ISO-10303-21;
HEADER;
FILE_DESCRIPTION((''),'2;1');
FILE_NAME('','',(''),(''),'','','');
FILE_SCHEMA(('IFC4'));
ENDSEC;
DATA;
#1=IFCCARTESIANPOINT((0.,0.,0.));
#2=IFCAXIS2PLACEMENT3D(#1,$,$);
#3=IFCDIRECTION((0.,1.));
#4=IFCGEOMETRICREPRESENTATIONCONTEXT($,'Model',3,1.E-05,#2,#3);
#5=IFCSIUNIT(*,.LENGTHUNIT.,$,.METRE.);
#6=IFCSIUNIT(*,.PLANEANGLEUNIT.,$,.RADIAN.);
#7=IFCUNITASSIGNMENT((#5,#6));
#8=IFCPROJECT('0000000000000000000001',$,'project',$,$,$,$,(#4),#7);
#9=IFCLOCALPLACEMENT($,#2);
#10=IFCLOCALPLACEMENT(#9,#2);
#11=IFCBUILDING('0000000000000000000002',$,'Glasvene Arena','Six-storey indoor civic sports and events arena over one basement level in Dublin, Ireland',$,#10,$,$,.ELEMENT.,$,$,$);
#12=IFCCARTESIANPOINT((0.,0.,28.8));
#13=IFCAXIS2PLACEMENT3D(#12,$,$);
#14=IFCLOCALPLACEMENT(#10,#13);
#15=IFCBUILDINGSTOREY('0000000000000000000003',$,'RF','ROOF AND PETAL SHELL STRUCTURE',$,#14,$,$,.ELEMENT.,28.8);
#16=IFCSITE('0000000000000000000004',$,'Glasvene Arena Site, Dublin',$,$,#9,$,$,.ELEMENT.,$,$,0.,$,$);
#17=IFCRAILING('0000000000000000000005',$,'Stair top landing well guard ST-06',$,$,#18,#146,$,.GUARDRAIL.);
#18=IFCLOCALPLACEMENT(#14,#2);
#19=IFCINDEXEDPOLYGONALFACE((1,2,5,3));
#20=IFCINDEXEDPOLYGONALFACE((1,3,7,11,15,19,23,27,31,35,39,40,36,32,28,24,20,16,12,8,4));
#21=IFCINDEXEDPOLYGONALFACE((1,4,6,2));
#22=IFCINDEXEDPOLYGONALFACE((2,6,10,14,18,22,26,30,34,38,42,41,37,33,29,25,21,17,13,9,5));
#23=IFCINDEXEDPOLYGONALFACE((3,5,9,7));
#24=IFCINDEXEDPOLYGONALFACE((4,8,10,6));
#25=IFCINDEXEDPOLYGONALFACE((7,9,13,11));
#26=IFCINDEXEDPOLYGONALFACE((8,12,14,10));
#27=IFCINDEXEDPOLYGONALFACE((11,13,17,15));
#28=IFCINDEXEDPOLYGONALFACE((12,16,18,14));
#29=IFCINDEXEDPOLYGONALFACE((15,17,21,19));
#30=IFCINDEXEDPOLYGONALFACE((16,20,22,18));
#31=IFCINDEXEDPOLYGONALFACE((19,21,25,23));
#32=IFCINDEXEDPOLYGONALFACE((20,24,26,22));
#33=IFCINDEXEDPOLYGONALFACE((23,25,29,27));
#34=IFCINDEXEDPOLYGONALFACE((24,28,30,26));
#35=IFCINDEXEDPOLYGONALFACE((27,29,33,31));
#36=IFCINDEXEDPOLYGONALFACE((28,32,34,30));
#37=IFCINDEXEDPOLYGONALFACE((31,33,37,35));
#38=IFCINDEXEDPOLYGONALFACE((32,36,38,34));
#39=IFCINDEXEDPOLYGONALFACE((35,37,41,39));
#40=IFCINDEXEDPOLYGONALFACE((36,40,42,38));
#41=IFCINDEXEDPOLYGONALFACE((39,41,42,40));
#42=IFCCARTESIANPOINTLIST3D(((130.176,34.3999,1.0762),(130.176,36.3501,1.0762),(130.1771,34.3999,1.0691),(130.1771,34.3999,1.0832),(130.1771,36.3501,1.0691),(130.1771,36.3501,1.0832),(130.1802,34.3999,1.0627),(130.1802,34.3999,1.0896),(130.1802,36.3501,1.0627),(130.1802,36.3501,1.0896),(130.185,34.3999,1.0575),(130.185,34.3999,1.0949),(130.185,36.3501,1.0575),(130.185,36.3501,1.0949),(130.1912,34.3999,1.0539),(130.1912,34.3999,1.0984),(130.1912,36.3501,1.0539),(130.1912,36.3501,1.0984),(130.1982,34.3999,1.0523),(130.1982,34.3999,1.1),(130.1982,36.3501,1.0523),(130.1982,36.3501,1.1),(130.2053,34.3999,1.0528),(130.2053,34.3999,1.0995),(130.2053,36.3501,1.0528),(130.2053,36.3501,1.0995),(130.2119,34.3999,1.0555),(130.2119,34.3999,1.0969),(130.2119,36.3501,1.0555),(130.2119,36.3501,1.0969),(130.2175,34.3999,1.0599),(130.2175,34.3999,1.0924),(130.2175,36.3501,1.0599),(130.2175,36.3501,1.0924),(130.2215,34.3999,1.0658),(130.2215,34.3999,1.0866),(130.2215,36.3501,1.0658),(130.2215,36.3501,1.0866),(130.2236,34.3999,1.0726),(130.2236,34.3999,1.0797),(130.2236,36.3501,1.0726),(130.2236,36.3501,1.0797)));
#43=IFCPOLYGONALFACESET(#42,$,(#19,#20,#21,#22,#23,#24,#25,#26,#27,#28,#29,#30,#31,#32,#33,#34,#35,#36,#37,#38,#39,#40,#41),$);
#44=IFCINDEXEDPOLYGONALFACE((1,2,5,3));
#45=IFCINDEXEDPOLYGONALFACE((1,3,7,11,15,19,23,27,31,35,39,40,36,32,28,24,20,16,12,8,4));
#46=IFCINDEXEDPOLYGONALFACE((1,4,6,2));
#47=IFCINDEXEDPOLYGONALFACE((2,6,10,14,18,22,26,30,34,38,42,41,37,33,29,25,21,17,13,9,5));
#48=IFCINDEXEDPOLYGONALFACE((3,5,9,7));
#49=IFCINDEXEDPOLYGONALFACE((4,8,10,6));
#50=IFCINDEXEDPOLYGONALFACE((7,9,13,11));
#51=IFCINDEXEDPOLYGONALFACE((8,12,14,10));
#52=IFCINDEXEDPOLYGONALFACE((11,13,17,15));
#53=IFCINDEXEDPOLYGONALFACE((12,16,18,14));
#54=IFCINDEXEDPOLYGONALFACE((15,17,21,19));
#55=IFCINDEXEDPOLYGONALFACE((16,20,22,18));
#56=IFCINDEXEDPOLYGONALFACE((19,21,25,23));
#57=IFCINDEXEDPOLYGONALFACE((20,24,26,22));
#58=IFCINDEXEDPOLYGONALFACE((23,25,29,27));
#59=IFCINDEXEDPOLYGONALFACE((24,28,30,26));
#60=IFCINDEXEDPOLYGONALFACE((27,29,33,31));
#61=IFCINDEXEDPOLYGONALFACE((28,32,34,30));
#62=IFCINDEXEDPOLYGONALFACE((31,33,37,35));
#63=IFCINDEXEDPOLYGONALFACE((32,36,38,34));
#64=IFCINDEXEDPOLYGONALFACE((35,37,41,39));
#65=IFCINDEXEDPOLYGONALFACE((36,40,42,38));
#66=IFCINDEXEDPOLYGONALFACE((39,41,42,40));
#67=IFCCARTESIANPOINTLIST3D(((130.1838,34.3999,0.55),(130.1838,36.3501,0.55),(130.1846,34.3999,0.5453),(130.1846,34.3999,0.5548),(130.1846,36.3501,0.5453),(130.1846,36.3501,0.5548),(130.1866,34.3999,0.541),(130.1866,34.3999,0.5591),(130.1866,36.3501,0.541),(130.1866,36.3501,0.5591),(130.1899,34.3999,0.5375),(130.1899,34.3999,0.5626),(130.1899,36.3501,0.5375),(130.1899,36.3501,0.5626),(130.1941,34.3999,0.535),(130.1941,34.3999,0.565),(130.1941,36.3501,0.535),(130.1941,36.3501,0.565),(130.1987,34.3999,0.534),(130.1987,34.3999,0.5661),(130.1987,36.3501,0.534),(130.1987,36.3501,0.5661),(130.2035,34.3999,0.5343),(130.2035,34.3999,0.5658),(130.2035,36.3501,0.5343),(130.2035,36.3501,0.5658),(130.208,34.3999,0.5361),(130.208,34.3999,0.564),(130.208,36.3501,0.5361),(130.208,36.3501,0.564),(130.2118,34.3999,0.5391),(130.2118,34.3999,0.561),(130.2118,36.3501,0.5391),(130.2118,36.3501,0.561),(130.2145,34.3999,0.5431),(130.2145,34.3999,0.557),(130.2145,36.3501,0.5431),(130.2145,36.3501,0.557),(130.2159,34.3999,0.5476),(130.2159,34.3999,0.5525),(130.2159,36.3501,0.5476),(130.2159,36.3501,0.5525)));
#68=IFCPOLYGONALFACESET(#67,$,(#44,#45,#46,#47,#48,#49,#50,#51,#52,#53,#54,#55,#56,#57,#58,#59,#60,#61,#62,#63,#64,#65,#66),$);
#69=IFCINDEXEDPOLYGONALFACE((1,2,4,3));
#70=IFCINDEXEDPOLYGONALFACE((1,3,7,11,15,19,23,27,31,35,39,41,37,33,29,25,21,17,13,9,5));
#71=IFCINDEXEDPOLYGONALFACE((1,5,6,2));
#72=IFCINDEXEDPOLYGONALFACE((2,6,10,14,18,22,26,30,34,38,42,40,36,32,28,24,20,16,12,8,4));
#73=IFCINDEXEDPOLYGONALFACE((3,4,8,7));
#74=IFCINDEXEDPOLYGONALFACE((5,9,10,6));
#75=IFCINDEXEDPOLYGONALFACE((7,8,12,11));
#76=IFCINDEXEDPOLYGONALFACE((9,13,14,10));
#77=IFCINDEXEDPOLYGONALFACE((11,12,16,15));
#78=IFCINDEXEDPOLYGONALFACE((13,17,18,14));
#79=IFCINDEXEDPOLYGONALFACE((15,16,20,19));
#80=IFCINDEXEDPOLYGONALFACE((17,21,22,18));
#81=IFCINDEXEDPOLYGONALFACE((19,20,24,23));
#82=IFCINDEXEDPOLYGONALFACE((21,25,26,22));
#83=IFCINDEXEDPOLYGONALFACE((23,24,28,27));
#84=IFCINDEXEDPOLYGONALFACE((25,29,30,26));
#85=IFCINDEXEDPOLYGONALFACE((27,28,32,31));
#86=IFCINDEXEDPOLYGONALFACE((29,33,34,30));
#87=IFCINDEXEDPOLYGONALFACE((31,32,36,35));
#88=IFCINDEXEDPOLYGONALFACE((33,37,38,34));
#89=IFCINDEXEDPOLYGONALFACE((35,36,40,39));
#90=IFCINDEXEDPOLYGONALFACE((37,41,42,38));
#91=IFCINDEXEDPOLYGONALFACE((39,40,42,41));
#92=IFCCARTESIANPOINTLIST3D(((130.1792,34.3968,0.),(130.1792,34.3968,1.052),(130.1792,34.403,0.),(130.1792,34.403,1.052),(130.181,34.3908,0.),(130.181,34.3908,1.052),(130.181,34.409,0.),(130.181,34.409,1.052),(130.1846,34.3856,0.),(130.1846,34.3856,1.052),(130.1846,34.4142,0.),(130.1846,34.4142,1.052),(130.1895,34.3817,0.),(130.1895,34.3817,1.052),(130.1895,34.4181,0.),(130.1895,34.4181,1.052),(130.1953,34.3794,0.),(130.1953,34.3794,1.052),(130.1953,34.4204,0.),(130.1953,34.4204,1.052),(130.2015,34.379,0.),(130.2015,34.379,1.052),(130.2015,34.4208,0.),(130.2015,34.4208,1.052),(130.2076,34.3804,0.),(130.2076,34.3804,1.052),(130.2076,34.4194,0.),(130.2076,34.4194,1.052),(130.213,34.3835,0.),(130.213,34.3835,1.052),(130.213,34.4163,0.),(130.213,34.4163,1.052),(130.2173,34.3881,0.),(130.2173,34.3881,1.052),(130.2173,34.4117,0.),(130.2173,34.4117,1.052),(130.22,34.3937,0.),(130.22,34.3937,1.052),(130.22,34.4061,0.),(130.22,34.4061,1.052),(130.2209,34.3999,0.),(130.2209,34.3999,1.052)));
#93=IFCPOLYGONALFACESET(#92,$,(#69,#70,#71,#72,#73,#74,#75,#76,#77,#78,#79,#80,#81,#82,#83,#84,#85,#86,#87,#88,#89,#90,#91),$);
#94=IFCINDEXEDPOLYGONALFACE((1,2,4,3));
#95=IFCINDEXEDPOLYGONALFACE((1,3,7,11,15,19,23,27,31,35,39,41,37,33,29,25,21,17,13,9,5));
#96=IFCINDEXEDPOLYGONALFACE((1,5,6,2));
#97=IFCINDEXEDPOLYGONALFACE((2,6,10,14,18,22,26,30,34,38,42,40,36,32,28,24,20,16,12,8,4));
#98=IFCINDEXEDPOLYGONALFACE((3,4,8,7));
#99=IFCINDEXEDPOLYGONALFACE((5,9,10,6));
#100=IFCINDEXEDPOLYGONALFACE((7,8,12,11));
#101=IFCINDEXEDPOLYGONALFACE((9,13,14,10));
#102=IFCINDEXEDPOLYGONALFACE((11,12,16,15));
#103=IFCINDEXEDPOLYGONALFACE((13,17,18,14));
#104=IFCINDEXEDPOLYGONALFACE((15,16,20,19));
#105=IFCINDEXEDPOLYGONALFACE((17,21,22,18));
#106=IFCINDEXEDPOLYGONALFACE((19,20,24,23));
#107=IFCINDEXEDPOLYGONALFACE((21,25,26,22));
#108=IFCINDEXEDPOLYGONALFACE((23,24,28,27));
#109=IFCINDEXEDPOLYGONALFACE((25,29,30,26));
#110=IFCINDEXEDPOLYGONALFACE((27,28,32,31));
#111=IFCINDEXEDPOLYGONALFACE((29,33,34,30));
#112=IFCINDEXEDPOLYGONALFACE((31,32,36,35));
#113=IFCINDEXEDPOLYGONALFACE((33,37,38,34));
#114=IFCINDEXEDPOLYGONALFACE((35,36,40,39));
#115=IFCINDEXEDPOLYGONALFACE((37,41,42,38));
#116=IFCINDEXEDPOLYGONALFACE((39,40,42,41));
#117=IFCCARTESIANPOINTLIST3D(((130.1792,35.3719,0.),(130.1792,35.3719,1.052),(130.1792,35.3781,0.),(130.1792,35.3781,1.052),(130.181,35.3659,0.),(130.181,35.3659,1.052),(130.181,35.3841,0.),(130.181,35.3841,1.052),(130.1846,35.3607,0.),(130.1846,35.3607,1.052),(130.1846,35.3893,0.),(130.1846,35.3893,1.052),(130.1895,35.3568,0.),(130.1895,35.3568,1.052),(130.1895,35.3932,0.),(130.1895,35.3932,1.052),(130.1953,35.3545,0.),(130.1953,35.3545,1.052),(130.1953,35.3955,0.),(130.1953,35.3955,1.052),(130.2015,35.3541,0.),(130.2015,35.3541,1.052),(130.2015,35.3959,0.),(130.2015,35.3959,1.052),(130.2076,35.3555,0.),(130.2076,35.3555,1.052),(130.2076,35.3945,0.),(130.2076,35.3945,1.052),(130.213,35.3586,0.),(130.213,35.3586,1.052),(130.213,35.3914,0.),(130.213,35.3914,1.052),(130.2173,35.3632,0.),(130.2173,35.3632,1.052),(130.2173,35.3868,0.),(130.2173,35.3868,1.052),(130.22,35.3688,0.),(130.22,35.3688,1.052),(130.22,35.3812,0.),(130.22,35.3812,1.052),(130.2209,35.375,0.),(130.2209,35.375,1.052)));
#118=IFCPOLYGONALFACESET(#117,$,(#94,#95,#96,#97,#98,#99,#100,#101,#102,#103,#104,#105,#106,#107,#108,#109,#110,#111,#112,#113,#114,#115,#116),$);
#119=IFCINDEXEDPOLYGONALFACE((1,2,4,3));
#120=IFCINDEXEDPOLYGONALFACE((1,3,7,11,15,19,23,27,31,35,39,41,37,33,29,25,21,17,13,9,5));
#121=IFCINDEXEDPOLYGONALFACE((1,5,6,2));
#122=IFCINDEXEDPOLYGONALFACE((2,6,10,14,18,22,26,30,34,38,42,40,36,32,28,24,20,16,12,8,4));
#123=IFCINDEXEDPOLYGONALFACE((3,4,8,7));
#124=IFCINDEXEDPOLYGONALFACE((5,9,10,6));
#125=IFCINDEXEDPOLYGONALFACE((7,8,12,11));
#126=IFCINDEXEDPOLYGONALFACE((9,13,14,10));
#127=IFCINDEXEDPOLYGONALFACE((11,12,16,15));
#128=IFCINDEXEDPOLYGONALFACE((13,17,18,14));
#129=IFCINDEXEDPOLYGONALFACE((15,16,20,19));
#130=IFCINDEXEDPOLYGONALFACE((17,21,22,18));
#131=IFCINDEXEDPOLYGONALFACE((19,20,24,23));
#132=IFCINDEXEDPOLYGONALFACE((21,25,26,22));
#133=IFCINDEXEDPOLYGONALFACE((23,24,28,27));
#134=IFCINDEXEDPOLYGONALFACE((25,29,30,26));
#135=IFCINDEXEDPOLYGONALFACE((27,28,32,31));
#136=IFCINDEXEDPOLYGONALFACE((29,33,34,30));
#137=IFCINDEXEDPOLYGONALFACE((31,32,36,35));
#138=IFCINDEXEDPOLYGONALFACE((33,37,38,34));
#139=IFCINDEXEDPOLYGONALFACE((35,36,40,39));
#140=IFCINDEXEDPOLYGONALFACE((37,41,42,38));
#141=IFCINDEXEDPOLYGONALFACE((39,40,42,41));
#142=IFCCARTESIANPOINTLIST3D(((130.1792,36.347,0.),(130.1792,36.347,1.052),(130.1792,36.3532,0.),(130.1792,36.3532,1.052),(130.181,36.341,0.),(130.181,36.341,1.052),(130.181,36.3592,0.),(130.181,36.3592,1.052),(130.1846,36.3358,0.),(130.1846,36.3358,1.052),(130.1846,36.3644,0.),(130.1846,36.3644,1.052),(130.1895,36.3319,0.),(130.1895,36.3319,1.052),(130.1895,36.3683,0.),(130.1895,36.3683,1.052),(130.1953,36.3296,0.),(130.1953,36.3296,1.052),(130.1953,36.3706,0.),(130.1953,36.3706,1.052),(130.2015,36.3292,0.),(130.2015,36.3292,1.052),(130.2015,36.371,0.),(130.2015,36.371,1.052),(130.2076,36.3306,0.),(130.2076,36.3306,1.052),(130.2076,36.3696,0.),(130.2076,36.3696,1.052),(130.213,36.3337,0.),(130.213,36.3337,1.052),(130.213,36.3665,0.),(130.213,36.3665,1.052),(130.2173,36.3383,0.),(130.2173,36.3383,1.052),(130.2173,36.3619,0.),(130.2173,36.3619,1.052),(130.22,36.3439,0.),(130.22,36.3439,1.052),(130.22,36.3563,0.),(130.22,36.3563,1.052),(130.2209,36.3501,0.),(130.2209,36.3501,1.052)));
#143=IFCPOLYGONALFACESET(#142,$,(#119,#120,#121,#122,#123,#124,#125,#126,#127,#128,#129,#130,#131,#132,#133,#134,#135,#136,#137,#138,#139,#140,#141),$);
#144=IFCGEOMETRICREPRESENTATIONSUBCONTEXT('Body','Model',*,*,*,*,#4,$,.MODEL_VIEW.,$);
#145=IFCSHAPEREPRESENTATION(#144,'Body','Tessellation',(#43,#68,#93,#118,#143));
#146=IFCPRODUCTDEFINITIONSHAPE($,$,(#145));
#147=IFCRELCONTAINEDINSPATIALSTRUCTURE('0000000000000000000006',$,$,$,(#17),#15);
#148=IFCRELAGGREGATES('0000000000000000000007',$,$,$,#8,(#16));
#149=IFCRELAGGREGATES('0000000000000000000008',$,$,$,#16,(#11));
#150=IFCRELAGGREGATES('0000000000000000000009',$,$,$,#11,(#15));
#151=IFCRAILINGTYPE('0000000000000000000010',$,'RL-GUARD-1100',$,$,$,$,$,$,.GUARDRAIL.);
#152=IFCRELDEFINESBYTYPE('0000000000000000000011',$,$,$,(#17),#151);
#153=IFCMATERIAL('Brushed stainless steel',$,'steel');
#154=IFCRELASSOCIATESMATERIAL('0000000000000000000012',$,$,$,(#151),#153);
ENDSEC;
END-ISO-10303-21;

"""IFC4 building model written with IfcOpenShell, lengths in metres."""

from ifc_helpers import new_model, si_unit, direction, frame, origin, origin_2d, place, context, subcontext, project, spatial, circle, extrude, material, type_object, element, save


model = new_model("IFC4")

# Units and contexts
model_context = context("Model", 3, precision=1e-05, world=origin(), true_north=direction((0.0, 1.0)))
body_context = subcontext(model_context, "Body", "Model", "MODEL_VIEW")
ifc_project = project(units=[si_unit("LENGTHUNIT", "METRE"), si_unit("PLANEANGLEUNIT", "RADIAN")], contexts=[model_context])

# Site, building, storey
site_placement = place(None, origin())
site = spatial("IfcSite", under=ifc_project, at=site_placement, Name="Glasvene Arena Site, Dublin", CompositionType="ELEMENT", RefElevation=0.0)
building_placement = place(site_placement, origin())
building = spatial("IfcBuilding", under=site, at=building_placement, Name="Glasvene Arena", Description="Six-storey indoor civic sports and events arena over one basement level in Dublin, Ireland", CompositionType="ELEMENT")
storey_placement = place(building_placement, frame((0.0, 0.0, 28.8)))
storey = spatial("IfcBuildingStorey", under=building, at=storey_placement, Name="RF", Description="ROOF AND PETAL SHELL STRUCTURE", CompositionType="ELEMENT", Elevation=28.8)

# Railing
ifc_material_1 = material(Name="Brushed stainless steel", Category="steel")
railing_type = type_object("IfcRailingType", Name="RL-GUARD-1100", PredefinedType="GUARDRAIL", material=ifc_material_1)
railing_placement = place(storey_placement, frame((130.2, 34.3999, 0.0)))
element("IfcRailing", 1, at=railing_placement, inside=storey, type_object=railing_type, Name="Stair top landing well guard ST-06", PredefinedType="GUARDRAIL", context=body_context, shape_type="SweptSolid", body=[
    extrude(circle(Radius=0.0239, at=origin_2d()), frame((0.0, 0.0, 1.0762), z_axis=(0.0, 1.0, 0.0), x_axis=(-1.0, 0.0, 0.0)), (0.0, 0.0, 1.0), 1.9502),
    extrude(circle(Radius=0.0161, at=origin_2d()), frame((0.0, 0.0, 0.55), z_axis=(0.0, 1.0, 0.0), x_axis=(-1.0, 0.0, 0.0)), (0.0, 0.0, 1.0), 1.9502),
    extrude(circle(Radius=0.021, at=origin_2d()), origin(), (0.0, 0.0, 1.0), 1.052),
    extrude(circle(Radius=0.021, at=origin_2d()), frame((0.0, 0.9751, 0.0)), (0.0, 0.0, 1.0), 1.052),
    extrude(circle(Radius=0.021, at=origin_2d()), frame((0.0, 1.9502, 0.0)), (0.0, 0.0, 1.0), 1.052),
])

save(model, "model.ifc")
